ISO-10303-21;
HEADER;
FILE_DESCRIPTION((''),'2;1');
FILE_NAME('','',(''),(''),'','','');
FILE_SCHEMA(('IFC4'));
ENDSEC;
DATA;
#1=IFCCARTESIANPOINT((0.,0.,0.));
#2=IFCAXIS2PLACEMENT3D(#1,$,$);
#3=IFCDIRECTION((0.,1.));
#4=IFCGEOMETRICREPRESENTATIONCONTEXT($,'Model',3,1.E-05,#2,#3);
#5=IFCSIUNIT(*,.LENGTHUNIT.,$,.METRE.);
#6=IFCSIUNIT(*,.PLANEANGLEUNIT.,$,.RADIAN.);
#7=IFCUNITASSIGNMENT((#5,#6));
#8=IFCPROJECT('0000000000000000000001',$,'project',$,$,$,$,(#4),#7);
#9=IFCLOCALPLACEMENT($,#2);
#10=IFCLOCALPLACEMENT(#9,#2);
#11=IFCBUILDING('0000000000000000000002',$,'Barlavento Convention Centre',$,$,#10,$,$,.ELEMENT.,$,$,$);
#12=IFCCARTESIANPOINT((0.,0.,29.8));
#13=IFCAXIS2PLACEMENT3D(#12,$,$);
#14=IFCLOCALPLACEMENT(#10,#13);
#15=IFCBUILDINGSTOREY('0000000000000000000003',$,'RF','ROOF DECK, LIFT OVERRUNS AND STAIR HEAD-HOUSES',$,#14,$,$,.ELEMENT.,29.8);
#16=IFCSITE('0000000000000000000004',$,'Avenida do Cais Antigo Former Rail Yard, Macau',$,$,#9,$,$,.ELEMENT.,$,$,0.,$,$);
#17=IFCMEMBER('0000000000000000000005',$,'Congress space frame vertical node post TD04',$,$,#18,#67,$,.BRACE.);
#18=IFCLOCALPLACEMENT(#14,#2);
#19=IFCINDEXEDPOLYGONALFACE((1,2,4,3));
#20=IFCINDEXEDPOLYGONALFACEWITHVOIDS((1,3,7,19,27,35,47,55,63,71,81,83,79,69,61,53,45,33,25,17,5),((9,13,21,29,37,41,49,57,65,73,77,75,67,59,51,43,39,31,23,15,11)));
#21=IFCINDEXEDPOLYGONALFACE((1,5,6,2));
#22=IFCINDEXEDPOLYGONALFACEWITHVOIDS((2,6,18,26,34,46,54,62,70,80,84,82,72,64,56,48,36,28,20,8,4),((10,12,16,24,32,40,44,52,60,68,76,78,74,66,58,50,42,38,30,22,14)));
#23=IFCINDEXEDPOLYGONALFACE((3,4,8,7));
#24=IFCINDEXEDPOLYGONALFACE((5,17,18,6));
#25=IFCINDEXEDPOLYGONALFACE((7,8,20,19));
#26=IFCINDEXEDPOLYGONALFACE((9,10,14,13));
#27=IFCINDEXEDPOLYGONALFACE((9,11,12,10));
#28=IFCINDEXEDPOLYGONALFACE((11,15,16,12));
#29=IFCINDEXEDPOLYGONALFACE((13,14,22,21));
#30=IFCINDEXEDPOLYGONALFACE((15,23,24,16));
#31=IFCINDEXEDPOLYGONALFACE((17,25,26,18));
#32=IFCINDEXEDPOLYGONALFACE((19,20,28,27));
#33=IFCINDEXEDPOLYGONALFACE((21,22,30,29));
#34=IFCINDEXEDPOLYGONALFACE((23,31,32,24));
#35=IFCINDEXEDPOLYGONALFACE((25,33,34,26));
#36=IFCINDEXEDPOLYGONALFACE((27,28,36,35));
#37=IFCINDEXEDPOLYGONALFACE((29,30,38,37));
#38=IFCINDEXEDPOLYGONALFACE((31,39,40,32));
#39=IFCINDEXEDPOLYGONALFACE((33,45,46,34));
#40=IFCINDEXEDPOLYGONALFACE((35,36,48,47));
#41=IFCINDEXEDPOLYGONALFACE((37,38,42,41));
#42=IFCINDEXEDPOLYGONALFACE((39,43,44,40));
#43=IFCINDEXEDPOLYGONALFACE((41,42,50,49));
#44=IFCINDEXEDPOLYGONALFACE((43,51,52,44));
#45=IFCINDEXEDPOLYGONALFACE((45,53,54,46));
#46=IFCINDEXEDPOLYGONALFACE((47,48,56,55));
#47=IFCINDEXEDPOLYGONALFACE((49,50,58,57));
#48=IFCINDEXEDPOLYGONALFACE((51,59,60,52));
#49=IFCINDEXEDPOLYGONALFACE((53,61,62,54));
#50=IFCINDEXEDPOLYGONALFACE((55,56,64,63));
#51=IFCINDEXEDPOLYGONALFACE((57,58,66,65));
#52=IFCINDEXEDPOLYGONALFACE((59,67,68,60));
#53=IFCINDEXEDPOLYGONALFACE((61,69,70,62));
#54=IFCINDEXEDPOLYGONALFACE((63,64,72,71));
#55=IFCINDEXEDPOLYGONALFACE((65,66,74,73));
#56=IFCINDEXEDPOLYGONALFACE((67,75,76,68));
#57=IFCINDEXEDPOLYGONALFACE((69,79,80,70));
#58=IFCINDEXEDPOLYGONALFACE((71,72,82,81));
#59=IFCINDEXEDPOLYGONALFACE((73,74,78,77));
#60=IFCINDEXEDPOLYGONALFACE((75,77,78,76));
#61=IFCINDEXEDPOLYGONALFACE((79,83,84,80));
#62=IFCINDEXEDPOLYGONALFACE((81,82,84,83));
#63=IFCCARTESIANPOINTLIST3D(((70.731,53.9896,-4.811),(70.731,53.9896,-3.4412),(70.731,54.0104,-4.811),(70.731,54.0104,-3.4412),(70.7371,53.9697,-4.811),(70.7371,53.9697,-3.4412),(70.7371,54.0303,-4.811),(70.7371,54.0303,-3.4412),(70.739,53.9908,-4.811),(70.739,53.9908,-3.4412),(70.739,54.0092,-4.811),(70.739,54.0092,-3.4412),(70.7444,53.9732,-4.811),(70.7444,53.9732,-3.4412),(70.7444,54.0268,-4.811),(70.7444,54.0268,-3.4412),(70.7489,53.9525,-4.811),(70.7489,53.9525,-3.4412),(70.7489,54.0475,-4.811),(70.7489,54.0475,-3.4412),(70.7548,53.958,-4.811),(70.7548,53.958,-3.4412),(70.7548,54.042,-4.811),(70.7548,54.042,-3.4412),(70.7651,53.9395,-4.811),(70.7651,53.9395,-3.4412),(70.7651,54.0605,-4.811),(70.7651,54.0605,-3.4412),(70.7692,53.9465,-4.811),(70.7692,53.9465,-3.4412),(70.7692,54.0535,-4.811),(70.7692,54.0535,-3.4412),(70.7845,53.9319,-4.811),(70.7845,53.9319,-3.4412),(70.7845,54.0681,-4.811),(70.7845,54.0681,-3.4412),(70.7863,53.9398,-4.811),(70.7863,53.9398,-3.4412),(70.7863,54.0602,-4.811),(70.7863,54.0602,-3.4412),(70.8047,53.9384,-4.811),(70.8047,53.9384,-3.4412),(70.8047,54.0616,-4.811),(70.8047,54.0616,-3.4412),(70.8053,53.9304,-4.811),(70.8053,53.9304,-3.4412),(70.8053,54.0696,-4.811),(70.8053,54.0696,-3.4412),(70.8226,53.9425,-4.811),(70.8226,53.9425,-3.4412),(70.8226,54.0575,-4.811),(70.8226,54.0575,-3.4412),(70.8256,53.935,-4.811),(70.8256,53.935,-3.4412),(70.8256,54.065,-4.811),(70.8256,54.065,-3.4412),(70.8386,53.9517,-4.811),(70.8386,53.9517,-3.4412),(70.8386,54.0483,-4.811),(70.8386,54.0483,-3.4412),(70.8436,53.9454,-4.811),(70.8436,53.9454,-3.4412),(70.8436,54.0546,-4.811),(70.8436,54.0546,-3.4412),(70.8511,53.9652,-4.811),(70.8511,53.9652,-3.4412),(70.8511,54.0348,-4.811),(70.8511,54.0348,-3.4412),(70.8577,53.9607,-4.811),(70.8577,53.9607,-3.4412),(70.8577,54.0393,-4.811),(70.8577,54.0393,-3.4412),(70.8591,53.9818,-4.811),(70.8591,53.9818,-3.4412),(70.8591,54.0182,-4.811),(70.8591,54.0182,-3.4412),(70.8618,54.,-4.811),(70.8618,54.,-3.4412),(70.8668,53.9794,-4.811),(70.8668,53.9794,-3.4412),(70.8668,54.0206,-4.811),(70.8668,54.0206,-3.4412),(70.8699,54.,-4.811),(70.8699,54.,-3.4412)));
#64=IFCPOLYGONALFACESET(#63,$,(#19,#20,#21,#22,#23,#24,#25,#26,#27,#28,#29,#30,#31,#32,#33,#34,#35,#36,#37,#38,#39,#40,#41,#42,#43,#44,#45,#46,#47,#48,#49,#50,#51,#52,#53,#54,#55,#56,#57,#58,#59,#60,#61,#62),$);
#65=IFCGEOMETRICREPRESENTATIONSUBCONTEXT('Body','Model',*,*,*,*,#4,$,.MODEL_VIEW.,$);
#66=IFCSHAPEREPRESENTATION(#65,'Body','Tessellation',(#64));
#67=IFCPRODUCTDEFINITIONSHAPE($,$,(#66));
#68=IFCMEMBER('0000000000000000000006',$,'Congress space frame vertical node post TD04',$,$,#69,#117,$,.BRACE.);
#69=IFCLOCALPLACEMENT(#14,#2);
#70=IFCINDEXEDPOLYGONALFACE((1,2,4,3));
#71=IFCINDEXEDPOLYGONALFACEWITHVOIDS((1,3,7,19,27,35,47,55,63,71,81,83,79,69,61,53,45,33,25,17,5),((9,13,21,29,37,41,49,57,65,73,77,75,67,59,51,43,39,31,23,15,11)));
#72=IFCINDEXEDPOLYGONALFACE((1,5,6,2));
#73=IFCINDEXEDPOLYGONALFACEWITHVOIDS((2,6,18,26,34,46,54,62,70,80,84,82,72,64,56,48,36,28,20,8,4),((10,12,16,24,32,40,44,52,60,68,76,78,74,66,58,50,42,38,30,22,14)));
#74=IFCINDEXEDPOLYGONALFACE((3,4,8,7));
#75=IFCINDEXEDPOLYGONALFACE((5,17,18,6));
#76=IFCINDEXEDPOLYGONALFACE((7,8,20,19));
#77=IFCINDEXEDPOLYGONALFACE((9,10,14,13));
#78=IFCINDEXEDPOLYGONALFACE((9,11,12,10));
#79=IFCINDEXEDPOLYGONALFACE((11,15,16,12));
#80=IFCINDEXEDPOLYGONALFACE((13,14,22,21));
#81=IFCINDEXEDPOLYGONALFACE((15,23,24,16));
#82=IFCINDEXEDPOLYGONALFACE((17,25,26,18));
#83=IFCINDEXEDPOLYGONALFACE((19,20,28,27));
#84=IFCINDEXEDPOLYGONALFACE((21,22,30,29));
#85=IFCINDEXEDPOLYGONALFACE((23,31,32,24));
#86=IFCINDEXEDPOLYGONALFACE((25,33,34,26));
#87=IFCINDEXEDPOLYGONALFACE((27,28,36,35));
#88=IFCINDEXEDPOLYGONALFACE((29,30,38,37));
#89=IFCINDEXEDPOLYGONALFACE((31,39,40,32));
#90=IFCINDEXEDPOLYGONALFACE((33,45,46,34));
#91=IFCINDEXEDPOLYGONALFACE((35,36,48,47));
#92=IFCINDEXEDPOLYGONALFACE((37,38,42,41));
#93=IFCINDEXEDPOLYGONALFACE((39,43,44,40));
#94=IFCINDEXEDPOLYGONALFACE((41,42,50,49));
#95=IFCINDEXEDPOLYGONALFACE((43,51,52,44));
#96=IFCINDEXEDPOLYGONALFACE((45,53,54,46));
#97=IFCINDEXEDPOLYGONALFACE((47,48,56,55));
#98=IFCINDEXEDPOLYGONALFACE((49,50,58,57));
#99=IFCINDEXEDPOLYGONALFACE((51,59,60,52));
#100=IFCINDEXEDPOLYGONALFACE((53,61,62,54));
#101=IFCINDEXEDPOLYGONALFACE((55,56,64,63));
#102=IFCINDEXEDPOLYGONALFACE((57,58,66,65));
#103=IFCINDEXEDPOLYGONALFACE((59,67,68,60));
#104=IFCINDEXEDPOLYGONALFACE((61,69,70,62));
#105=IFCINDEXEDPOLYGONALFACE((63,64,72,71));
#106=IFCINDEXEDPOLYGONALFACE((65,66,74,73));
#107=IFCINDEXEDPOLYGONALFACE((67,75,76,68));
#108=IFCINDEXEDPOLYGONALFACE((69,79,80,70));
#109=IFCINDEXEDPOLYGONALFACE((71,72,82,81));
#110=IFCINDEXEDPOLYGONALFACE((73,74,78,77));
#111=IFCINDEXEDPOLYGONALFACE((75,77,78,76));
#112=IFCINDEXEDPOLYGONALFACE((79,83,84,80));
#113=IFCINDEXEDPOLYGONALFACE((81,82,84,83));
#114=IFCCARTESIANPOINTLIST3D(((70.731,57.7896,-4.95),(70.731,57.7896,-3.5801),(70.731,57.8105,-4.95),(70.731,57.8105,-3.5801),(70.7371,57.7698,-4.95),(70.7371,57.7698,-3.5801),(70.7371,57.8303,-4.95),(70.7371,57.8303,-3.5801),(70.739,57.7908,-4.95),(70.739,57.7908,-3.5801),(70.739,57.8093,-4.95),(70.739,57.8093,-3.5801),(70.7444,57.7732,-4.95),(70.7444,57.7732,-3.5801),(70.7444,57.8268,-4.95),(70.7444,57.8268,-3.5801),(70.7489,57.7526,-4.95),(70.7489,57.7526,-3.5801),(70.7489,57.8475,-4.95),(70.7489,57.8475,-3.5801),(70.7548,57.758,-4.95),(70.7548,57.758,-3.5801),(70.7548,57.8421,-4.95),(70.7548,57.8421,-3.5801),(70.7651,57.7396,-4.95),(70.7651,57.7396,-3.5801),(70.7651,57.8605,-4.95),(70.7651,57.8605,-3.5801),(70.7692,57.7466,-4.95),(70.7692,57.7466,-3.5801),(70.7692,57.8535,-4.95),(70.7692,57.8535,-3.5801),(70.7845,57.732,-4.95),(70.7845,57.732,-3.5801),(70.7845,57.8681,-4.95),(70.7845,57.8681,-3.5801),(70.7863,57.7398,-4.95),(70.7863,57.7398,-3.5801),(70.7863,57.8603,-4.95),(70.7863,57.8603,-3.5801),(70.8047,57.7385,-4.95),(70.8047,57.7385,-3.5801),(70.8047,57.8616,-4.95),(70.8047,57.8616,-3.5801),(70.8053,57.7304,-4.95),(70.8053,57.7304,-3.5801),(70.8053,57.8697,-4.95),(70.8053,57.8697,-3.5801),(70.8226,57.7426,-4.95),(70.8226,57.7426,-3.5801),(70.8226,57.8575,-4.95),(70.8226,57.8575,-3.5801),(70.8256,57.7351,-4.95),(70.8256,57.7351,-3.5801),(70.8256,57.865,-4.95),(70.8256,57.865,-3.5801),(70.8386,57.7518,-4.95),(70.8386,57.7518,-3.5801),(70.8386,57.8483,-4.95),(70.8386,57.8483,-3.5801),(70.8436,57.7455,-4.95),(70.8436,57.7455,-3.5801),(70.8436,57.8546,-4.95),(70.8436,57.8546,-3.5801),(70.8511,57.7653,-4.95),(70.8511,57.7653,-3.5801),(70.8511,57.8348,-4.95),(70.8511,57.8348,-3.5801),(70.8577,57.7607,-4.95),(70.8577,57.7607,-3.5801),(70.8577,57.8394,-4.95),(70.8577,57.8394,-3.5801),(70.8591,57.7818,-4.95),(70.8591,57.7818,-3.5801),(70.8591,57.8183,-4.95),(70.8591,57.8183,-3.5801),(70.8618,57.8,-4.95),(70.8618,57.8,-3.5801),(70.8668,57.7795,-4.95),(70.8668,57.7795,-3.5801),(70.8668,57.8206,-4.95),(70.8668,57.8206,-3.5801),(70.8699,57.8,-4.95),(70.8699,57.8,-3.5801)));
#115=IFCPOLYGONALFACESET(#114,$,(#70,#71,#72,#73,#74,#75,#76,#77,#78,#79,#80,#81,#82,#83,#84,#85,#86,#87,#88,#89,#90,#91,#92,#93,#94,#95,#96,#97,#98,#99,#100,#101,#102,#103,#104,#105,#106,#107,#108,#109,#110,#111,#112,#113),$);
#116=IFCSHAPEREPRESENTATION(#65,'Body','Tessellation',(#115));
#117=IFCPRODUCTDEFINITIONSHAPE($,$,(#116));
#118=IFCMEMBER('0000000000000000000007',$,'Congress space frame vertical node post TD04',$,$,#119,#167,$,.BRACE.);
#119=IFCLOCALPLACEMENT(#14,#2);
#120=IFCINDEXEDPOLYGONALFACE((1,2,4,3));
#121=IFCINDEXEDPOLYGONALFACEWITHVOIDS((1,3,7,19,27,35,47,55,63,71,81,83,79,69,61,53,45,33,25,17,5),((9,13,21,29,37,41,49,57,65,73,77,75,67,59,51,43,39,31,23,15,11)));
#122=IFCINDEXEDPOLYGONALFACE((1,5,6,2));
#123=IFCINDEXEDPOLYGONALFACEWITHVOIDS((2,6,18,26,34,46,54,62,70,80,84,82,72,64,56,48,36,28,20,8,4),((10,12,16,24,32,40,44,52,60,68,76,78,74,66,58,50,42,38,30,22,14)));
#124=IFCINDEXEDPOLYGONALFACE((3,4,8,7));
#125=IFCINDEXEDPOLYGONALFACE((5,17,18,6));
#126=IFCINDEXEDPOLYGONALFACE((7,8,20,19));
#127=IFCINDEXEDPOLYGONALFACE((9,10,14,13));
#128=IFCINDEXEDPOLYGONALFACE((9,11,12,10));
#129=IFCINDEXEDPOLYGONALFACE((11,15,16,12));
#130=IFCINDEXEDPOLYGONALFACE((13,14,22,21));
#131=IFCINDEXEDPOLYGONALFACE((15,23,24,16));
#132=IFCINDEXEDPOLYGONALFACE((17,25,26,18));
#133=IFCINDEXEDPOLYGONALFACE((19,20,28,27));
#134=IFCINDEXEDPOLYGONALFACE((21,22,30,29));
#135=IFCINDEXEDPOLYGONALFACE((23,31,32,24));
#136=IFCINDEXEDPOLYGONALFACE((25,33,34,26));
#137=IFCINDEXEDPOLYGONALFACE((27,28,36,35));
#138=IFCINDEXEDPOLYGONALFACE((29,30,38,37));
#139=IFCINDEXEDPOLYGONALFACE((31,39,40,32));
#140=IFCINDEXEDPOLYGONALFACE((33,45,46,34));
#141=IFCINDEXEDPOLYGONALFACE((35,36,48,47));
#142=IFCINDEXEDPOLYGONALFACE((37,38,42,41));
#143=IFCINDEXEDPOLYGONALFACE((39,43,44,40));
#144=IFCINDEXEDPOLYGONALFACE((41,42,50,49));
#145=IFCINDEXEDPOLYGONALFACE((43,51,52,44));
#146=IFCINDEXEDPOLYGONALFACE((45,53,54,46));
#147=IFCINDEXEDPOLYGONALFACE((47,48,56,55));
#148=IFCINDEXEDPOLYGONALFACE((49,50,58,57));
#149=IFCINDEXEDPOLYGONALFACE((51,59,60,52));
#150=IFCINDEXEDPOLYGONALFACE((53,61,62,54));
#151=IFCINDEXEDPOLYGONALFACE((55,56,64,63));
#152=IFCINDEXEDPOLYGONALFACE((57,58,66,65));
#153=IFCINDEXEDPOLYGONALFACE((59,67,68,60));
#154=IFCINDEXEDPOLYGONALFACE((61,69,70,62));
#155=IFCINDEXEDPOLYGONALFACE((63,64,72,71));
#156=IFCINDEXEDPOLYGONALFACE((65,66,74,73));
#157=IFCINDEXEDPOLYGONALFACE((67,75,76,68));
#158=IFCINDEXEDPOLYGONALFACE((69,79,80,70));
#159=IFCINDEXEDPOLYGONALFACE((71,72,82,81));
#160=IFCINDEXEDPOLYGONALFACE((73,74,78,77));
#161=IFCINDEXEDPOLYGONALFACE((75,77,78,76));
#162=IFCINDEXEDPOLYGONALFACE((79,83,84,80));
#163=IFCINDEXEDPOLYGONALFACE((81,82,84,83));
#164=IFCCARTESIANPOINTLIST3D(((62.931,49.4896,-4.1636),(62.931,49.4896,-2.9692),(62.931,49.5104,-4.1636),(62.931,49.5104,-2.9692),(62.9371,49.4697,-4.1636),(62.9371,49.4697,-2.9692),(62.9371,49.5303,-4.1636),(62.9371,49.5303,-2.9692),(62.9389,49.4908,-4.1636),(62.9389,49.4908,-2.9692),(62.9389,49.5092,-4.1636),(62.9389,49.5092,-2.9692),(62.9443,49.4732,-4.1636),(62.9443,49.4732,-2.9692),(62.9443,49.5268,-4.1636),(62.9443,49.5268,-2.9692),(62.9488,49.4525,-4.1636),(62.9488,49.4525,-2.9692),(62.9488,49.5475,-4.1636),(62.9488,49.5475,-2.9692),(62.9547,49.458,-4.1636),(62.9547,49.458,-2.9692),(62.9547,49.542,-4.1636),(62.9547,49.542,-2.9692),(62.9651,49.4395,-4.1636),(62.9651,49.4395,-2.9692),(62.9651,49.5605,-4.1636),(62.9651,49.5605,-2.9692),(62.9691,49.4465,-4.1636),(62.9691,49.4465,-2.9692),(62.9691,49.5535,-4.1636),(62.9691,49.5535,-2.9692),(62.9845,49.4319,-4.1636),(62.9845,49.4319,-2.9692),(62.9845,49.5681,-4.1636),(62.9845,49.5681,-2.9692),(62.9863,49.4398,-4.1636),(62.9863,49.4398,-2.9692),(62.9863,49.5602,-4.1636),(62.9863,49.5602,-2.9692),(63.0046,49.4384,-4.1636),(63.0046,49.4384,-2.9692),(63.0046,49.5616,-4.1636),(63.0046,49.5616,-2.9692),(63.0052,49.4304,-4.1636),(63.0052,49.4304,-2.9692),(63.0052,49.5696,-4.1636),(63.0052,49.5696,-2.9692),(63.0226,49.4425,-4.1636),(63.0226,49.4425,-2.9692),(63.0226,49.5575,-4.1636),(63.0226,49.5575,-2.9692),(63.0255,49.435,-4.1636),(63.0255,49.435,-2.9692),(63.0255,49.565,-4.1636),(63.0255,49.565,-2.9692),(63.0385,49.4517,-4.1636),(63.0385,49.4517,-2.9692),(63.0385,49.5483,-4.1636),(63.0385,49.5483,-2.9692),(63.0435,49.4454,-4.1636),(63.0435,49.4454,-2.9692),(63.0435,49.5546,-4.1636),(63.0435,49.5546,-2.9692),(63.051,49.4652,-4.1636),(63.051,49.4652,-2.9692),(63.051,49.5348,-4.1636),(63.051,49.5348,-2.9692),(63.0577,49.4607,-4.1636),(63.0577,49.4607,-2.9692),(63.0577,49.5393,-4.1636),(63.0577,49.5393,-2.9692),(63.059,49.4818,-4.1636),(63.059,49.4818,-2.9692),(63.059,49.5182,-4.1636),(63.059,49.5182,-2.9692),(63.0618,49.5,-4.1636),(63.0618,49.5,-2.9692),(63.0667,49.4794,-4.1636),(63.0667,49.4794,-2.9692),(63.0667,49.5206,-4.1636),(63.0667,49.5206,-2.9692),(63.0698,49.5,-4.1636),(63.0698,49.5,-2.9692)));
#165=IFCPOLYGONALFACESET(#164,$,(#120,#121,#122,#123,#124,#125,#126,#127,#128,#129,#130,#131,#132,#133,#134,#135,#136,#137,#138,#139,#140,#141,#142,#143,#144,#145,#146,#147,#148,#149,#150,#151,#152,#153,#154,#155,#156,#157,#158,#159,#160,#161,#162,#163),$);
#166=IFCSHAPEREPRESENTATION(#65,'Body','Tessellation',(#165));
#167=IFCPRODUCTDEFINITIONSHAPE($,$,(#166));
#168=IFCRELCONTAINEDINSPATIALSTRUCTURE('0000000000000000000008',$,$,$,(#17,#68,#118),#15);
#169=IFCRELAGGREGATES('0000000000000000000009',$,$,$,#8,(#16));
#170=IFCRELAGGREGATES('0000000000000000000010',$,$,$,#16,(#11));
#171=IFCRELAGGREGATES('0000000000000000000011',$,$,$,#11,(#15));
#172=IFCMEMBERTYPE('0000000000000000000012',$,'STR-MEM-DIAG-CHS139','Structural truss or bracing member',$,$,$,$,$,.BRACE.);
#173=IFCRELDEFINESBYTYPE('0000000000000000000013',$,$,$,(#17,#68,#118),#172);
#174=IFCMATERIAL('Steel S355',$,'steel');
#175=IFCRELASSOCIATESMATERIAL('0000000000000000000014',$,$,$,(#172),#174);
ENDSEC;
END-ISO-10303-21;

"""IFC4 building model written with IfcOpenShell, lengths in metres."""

from ifc_helpers import new_model, si_unit, direction, frame, origin, origin_2d, place, context, subcontext, project, spatial, hollow_circle, extrude, material, material_profile, profile_set, type_object, element, save


model = new_model("IFC4")

# Units and contexts
model_context = context("Model", 3, precision=1e-05, world=origin(), true_north=direction((0.0, 1.0)))
body_context = subcontext(model_context, "Body", "Model", "MODEL_VIEW")
ifc_project = project(units=[si_unit("LENGTHUNIT", "METRE"), si_unit("PLANEANGLEUNIT", "RADIAN")], contexts=[model_context])

# Site, building, storey
site_placement = place(None, origin())
site = spatial("IfcSite", under=ifc_project, at=site_placement, Name="Avenida do Cais Antigo Former Rail Yard, Macau", CompositionType="ELEMENT", RefElevation=0.0)
building_placement = place(site_placement, origin())
building = spatial("IfcBuilding", under=site, at=building_placement, Name="Barlavento Convention Centre", CompositionType="ELEMENT")
storey_placement = place(building_placement, frame((0.0, 0.0, 29.8)))
storey = spatial("IfcBuildingStorey", under=building, at=storey_placement, Name="RF", Description="ROOF DECK, LIFT OVERRUNS AND STAIR HEAD-HOUSES", CompositionType="ELEMENT", Elevation=29.8)

# Shared definitions
ifc_material = material(Name="Steel S355", Category="steel")

# Members
ifc_material_profile_1 = material_profile(ifc_material, hollow_circle(Radius=0.0698, WallThickness=0.0081, at=origin_2d()), Name="CHS 139.7x8.0")
ifc_profile_set_1 = profile_set([ifc_material_profile_1], Name="Steel S355")
member_type_1 = type_object("IfcMemberType", Name="STR-MEM-DIAG-CHS139", Description="Structural truss or bracing member", PredefinedType="BRACE", material=ifc_profile_set_1)
for number, where, z_axis, x_axis, name in (
    (1, (70.8, 54.0, -4.811), (0.0, 0.0, 1.0), (1.0, 0.0, 0.0), "Congress space frame vertical node post TD04"),
    (2, (70.8, 57.8, -4.95), (0.0, 0.0, 1.0), (1.0, 0.0, 0.0), "Congress space frame vertical node post TD04"),
):
    element("IfcMember", number, at=place(storey_placement, frame(where, z_axis=z_axis, x_axis=x_axis)), inside=storey, type_object=member_type_1, Name=name, PredefinedType="BRACE", context=body_context, shape_type="SweptSolid", body=[
        extrude(hollow_circle(Radius=0.0698, WallThickness=0.0081, at=origin_2d()), origin(), (0.0, 0.0, 1.0), 1.3699),
    ])
member_1_placement = place(storey_placement, frame((63.0, 49.5, -4.1636), z_axis=(0.0, 0.0, 1.0), x_axis=(1.0, 0.0, 0.0)))
element("IfcMember", 3, at=member_1_placement, inside=storey, type_object=member_type_1, Name="Congress space frame vertical node post TD04", PredefinedType="BRACE", context=body_context, shape_type="SweptSolid", body=[
    extrude(hollow_circle(Radius=0.0698, WallThickness=0.0081, at=origin_2d()), origin(), (0.0, 0.0, 1.0), 1.1943),
])

save(model, "model.ifc")
